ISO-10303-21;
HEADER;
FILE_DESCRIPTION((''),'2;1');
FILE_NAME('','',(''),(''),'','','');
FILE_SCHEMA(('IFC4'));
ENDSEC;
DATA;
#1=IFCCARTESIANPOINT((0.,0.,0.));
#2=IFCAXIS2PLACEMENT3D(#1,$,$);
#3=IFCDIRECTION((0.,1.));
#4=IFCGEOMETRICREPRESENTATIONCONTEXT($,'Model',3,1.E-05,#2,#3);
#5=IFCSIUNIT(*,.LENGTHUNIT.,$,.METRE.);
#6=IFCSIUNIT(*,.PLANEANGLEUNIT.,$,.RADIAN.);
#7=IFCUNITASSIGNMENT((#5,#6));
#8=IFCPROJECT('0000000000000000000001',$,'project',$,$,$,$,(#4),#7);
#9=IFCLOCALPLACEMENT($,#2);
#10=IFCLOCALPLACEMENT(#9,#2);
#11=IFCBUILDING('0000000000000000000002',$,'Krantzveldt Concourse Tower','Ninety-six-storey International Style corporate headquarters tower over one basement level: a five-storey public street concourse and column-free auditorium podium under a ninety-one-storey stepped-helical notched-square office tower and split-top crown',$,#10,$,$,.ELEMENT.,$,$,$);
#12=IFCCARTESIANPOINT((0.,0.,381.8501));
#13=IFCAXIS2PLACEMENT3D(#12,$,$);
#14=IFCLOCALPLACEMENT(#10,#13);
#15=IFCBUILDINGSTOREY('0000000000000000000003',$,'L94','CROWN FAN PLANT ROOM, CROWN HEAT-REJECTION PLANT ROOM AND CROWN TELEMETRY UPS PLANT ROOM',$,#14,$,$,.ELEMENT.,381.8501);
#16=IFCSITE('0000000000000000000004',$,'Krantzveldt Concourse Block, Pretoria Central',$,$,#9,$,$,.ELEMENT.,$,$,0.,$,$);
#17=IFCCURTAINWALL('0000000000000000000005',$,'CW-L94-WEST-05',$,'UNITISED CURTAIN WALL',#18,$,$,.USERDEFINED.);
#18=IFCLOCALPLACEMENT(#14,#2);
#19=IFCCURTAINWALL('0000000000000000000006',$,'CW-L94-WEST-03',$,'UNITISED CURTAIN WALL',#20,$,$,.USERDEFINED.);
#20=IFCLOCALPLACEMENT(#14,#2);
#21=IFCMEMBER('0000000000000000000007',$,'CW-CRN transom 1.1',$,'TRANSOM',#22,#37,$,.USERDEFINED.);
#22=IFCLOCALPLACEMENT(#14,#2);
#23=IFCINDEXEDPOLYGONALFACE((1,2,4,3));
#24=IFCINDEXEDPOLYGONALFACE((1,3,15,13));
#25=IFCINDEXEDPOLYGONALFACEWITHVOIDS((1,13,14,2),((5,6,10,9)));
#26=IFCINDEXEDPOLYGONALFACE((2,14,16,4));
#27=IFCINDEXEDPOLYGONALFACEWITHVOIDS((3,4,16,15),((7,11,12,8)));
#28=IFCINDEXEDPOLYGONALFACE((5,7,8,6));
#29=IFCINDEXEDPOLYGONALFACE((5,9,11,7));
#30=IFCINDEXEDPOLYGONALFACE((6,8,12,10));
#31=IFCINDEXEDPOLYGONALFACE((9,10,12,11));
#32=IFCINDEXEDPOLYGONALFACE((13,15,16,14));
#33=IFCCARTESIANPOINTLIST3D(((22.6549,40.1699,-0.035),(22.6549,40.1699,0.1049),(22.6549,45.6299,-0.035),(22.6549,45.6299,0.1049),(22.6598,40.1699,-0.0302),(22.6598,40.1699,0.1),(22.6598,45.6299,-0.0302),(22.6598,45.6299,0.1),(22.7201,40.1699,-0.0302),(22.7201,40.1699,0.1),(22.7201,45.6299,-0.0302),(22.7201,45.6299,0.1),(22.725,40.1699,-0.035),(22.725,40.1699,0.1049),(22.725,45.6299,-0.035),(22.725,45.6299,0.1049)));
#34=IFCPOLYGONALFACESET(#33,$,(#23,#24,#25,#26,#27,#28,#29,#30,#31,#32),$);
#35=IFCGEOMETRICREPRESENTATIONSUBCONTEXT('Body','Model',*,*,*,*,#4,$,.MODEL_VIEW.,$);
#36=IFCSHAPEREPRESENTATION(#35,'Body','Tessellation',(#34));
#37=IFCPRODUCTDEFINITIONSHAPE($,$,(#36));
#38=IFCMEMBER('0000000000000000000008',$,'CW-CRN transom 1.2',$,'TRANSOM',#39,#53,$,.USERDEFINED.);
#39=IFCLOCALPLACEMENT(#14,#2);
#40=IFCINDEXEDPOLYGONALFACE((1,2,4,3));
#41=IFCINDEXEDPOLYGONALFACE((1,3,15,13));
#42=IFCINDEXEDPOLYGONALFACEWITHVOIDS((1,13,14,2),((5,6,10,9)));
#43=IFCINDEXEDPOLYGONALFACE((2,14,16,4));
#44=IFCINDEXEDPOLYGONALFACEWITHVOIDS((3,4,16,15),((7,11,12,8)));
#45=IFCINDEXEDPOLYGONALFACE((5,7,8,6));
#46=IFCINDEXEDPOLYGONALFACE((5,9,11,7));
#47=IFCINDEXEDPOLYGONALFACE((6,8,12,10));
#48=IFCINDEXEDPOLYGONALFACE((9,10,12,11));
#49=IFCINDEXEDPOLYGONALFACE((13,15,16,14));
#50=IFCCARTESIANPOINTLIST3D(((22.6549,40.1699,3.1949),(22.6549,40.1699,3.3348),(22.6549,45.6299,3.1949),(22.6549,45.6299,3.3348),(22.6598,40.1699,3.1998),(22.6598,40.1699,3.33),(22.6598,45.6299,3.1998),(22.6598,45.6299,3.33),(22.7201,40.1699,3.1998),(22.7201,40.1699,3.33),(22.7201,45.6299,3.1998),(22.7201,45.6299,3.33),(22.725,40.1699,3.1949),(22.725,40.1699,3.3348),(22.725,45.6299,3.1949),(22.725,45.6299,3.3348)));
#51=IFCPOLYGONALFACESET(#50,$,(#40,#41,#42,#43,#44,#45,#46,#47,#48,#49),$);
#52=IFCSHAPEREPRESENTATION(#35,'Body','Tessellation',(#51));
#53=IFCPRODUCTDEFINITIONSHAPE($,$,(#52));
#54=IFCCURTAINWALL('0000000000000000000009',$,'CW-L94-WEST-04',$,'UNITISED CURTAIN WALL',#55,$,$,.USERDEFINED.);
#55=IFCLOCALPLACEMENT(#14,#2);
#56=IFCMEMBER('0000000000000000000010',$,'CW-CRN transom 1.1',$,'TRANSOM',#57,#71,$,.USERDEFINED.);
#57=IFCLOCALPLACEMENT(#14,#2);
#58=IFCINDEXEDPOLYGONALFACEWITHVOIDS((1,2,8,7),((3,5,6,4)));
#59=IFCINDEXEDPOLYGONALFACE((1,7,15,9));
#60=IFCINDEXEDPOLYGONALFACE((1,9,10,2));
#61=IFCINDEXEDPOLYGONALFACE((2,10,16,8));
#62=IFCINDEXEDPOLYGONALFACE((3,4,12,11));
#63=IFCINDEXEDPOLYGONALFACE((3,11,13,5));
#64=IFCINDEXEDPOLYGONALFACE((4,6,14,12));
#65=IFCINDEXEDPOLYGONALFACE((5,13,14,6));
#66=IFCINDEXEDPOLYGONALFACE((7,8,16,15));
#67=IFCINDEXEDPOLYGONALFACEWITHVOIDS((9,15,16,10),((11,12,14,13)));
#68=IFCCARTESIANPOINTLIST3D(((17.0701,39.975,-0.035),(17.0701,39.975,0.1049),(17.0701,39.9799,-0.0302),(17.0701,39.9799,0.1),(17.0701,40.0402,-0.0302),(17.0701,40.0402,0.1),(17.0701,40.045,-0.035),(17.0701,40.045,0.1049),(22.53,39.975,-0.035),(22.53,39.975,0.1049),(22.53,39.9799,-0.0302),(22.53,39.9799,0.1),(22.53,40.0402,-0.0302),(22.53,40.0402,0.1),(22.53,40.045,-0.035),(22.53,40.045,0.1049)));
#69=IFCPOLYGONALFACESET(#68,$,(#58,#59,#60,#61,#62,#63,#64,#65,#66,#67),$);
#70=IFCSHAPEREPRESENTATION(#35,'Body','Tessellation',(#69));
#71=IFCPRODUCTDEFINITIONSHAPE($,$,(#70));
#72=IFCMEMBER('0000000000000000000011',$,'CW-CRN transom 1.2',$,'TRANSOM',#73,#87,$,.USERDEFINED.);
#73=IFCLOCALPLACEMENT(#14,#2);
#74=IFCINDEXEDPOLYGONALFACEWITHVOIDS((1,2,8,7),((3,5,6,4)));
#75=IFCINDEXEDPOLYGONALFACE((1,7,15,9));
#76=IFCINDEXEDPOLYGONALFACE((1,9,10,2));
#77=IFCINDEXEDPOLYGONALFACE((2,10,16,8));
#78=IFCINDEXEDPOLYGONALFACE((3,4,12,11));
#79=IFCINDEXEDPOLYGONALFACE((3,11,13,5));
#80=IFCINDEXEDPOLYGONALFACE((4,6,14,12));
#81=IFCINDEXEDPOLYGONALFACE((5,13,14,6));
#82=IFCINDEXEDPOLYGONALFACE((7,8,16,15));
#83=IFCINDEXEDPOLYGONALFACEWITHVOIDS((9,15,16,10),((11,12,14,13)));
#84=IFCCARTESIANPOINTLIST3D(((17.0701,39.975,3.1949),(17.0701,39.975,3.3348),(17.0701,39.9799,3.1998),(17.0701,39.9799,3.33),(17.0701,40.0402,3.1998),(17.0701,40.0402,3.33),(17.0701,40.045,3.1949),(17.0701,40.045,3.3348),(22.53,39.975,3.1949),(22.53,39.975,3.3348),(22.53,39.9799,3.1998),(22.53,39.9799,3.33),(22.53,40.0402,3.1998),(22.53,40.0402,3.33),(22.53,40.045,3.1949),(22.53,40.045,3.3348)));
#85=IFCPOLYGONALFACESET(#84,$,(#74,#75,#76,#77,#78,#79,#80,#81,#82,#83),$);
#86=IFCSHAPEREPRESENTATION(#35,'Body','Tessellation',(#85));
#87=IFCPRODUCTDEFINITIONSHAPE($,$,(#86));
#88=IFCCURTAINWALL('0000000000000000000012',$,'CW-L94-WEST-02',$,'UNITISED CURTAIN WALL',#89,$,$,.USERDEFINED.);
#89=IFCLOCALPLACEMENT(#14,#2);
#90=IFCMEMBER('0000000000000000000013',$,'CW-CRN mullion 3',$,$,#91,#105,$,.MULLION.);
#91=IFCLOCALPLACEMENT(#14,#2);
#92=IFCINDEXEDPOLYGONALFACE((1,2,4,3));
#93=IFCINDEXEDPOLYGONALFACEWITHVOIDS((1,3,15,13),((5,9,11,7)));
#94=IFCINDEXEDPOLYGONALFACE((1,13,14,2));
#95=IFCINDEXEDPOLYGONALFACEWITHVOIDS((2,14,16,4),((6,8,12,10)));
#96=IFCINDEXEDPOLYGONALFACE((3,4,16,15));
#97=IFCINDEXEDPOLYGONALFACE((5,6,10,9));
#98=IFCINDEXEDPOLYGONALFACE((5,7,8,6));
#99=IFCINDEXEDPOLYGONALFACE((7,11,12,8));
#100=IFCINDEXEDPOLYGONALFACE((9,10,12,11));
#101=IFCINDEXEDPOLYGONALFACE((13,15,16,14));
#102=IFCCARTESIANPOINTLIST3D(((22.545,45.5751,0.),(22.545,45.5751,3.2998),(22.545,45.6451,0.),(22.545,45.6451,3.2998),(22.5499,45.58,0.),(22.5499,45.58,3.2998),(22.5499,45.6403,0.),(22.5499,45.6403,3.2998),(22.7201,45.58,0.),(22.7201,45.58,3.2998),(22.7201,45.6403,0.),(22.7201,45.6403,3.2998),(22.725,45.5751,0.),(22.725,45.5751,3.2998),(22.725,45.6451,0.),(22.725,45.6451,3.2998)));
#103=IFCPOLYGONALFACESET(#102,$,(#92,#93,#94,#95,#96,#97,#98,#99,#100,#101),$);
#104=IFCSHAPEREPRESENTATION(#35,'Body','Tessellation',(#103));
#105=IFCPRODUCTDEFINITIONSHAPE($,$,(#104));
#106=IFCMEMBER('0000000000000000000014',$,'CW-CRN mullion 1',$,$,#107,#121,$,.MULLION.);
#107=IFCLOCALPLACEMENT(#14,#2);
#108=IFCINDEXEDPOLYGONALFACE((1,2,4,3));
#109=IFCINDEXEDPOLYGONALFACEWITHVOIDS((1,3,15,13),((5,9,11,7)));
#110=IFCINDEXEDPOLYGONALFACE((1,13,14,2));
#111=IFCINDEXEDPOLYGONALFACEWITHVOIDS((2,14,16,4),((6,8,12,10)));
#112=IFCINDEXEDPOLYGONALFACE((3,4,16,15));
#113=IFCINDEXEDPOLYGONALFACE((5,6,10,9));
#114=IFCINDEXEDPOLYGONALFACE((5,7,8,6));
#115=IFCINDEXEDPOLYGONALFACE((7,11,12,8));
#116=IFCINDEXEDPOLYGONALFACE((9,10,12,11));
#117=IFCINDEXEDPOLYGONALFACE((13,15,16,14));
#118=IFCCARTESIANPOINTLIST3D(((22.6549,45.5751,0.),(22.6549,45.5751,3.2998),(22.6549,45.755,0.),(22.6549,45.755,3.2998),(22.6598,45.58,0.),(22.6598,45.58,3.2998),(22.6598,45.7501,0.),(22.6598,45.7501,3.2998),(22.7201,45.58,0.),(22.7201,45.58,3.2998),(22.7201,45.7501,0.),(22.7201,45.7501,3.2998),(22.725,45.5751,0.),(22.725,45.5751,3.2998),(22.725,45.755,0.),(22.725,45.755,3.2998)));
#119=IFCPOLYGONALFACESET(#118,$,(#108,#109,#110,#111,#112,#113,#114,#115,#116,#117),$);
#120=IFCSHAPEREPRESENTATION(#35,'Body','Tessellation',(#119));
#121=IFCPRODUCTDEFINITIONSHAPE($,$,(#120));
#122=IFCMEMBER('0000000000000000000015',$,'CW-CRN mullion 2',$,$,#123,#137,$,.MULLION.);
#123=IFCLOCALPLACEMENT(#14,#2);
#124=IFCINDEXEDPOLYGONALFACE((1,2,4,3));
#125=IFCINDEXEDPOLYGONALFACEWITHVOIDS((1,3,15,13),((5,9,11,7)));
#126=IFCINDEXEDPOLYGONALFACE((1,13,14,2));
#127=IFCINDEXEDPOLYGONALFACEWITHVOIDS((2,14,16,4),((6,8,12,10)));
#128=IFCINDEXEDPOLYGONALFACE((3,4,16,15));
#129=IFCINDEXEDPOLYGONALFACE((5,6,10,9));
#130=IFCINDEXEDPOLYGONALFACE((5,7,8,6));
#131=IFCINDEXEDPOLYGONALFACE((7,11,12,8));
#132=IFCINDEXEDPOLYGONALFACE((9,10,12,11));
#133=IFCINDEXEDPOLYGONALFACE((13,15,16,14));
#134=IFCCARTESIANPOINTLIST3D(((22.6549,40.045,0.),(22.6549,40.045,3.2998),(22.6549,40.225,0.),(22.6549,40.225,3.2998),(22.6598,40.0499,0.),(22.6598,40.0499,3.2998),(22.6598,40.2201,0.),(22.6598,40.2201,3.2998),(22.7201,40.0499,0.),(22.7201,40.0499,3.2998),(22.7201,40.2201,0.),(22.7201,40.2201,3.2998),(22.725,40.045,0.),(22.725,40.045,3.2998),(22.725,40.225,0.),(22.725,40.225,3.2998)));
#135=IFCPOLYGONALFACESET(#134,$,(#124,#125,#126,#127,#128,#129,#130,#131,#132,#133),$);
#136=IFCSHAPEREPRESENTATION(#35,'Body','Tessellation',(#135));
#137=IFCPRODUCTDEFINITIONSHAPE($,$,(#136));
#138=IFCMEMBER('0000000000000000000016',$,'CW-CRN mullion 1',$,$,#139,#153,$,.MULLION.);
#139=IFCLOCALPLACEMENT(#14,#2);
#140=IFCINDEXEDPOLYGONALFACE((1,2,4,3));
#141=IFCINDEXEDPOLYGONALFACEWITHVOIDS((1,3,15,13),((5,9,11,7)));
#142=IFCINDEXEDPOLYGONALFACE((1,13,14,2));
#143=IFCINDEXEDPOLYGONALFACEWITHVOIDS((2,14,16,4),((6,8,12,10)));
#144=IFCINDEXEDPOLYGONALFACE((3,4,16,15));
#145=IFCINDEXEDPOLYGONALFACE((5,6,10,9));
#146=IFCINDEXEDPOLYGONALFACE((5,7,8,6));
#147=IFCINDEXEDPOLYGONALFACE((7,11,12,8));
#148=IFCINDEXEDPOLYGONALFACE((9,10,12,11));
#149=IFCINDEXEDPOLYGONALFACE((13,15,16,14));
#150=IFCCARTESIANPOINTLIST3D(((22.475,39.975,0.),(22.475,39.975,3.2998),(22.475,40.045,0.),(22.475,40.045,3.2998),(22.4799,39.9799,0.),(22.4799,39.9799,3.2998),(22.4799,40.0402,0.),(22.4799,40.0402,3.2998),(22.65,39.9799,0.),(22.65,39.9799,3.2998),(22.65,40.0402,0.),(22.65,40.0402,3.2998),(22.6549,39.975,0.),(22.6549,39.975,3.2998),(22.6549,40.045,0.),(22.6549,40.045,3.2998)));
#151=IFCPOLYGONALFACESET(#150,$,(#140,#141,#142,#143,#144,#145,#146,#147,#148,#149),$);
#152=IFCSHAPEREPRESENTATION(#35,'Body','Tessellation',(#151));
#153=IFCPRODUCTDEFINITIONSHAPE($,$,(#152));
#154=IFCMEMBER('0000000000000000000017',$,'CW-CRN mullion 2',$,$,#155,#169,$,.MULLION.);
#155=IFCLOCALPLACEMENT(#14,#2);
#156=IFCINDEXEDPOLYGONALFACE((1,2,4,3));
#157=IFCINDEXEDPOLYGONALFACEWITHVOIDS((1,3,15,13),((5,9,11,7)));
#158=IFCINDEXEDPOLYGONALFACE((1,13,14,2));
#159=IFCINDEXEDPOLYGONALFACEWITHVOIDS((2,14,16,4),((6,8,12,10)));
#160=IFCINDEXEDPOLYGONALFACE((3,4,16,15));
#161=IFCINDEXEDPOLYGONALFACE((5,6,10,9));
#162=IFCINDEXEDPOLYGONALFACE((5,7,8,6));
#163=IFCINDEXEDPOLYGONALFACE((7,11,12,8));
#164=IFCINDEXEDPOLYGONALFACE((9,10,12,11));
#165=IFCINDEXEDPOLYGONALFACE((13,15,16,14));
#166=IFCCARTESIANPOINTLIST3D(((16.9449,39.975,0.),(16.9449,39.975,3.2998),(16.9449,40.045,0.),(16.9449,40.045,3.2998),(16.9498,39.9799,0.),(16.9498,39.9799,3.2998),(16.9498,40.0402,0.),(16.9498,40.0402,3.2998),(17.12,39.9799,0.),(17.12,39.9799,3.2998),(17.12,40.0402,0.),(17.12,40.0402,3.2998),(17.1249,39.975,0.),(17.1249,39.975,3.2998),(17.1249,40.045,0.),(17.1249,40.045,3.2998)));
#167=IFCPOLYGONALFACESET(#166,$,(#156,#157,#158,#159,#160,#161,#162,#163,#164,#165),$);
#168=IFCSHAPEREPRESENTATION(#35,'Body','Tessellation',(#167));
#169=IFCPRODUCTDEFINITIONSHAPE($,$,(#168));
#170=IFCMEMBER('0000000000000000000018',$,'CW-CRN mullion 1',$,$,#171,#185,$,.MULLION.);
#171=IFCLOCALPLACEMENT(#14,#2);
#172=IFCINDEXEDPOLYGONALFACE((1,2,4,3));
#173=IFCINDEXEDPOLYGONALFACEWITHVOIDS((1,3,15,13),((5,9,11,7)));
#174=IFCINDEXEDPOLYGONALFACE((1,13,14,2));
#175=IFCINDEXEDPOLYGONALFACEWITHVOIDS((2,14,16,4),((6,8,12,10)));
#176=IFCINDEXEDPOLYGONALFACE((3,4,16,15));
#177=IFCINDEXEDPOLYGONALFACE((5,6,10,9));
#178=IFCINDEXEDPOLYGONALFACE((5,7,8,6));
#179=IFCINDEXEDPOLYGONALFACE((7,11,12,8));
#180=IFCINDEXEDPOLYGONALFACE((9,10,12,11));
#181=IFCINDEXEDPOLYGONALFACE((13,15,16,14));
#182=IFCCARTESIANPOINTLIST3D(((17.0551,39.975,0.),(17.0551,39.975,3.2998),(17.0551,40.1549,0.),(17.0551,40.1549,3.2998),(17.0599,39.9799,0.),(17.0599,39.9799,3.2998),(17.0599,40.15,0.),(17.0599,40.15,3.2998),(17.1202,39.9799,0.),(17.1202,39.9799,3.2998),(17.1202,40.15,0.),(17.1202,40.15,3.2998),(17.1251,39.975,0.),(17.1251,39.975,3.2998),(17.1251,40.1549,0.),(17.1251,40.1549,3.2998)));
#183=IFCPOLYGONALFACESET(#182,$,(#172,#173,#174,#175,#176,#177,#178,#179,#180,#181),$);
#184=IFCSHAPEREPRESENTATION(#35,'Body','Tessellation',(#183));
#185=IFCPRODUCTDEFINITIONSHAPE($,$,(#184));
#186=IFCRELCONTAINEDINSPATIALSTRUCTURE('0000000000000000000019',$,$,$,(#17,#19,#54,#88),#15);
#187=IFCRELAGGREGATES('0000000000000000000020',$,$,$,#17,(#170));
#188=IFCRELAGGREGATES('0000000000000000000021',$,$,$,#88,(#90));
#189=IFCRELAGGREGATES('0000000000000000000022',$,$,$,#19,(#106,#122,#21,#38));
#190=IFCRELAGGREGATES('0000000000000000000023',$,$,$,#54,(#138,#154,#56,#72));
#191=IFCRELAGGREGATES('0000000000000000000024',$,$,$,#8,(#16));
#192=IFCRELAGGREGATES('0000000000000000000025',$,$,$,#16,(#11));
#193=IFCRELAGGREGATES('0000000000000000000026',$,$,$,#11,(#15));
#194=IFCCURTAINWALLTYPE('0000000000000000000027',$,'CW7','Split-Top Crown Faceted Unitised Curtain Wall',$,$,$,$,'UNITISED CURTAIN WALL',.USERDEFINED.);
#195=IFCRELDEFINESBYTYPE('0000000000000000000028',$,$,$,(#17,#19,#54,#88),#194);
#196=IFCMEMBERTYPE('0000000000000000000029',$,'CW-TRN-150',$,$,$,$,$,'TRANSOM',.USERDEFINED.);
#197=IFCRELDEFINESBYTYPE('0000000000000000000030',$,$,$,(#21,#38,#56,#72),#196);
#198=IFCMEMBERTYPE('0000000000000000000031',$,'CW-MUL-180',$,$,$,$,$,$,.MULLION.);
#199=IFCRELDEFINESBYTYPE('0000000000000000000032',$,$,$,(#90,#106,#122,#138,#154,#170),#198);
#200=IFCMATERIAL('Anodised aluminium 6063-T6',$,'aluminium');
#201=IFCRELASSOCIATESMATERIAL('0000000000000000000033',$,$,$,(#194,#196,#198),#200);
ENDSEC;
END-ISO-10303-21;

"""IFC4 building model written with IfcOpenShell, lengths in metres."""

from ifc_helpers import new_model, si_unit, direction, frame, origin, origin_2d, place, context, subcontext, project, spatial, hollow_rectangle, extrude, source, transform, mapped, material, material_profile, profile_set, type_object, type_shapes, element, aggregate, save


model = new_model("IFC4")

# Units and contexts
model_context = context("Model", 3, precision=1e-05, world=origin(), true_north=direction((0.0, 1.0)))
body_context = subcontext(model_context, "Body", "Model", "MODEL_VIEW")
ifc_project = project(units=[si_unit("LENGTHUNIT", "METRE"), si_unit("PLANEANGLEUNIT", "RADIAN")], contexts=[model_context])

# Site, building, storey
site_placement = place(None, origin())
site = spatial("IfcSite", under=ifc_project, at=site_placement, Name="Krantzveldt Concourse Block, Pretoria Central", CompositionType="ELEMENT", RefElevation=0.0)
building_placement = place(site_placement, origin())
building = spatial("IfcBuilding", under=site, at=building_placement, Name="Krantzveldt Concourse Tower", Description="Ninety-six-storey International Style corporate headquarters tower over one basement level: a five-storey public street concourse and column-free auditorium podium under a ninety-one-storey stepped-helical notched-square office tower and split-top crown", CompositionType="ELEMENT")
storey_placement = place(building_placement, frame((0.0, 0.0, 381.8501)))
storey = spatial("IfcBuildingStorey", under=building, at=storey_placement, Name="L94", Description="CROWN FAN PLANT ROOM, CROWN HEAT-REJECTION PLANT ROOM AND CROWN TELEMETRY UPS PLANT ROOM", CompositionType="ELEMENT", Elevation=381.8501)

# Curtain walls, members
ifc_material_1 = material(Name="Anodised aluminium 6063-T6", Category="aluminium")
curtain_wall_type = type_object("IfcCurtainWallType", Name="CW7", Description="Split-Top Crown Faceted Unitised Curtain Wall", ElementType="UNITISED CURTAIN WALL", PredefinedType="USERDEFINED", material=ifc_material_1)
curtain_wall_1_placement = place(storey_placement, origin())
curtain_wall_1 = element("IfcCurtainWall", 1, at=curtain_wall_1_placement, inside=storey, type_object=curtain_wall_type, Name="CW-L94-WEST-05", ObjectType="UNITISED CURTAIN WALL", PredefinedType="USERDEFINED")
ifc_material_profile_1 = material_profile(ifc_material_1, hollow_rectangle(XDim=0.0701, YDim=0.1399, WallThickness=0.0049, at=origin_2d()), Name="Anodised aluminium 6063-T6", Category="aluminium")
ifc_profile_set_1 = profile_set([ifc_material_profile_1], Name="Anodised aluminium 6063-T6 - ALU-TRAN 140x70x5")
member_type_1 = type_object("IfcMemberType", Name="CW-TRN-150", ElementType="TRANSOM", PredefinedType="USERDEFINED", material=ifc_profile_set_1)
curtain_wall_2_placement = place(storey_placement, origin())
curtain_wall_2 = element("IfcCurtainWall", 2, at=curtain_wall_2_placement, inside=storey, type_object=curtain_wall_type, Name="CW-L94-WEST-03", ObjectType="UNITISED CURTAIN WALL", PredefinedType="USERDEFINED")
shared_shape_1 = source(origin(), body_context, "Body", "SweptSolid", [
    extrude(hollow_rectangle(XDim=0.0701, YDim=0.1399, WallThickness=0.0049, at=origin_2d()), origin(), (0.0, 0.0, 1.0), 5.46),
])
member_1_placement = place(storey_placement, frame((22.6899, 45.6299, 0.0349), z_axis=(0.0, -1.0, 0.0), x_axis=(1.0, 0.0, 0.0)))
member_1 = element("IfcMember", 3, at=member_1_placement, type_object=member_type_1, Name="CW-CRN transom 1.1", ObjectType="TRANSOM", PredefinedType="USERDEFINED", context=body_context, shape_type="MappedRepresentation", body=[
    mapped(shared_shape_1, transform((0.0, 0.0, 0.0), x_axis=(1.0, 0.0, 0.0), y_axis=(0.0, 1.0, 0.0), z_axis=(0.0, 0.0, 1.0), scale=1.0)),
])
member_2_placement = place(storey_placement, frame((22.6899, 45.6299, 3.2649), z_axis=(0.0, -1.0, 0.0), x_axis=(1.0, 0.0, 0.0)))
member_2 = element("IfcMember", 4, at=member_2_placement, type_object=member_type_1, Name="CW-CRN transom 1.2", ObjectType="TRANSOM", PredefinedType="USERDEFINED", context=body_context, shape_type="MappedRepresentation", body=[
    mapped(shared_shape_1, transform((0.0, 0.0, 0.0), x_axis=(1.0, 0.0, 0.0), y_axis=(0.0, 1.0, 0.0), z_axis=(0.0, 0.0, 1.0), scale=1.0)),
])
curtain_wall_3_placement = place(storey_placement, origin())
curtain_wall_3 = element("IfcCurtainWall", 5, at=curtain_wall_3_placement, inside=storey, type_object=curtain_wall_type, Name="CW-L94-WEST-04", ObjectType="UNITISED CURTAIN WALL", PredefinedType="USERDEFINED")
member_3_placement = place(storey_placement, frame((22.53, 40.01, 0.0349), z_axis=(-1.0, 0.0, 0.0), x_axis=(0.0, -1.0, 0.0)))
member_3 = element("IfcMember", 6, at=member_3_placement, type_object=member_type_1, Name="CW-CRN transom 1.1", ObjectType="TRANSOM", PredefinedType="USERDEFINED", context=body_context, shape_type="MappedRepresentation", body=[
    mapped(shared_shape_1, transform((0.0, 0.0, 0.0), x_axis=(1.0, 0.0, 0.0), y_axis=(0.0, 1.0, 0.0), z_axis=(0.0, 0.0, 1.0), scale=1.0)),
])
member_4_placement = place(storey_placement, frame((22.53, 40.01, 3.2649), z_axis=(-1.0, 0.0, 0.0), x_axis=(0.0, -1.0, 0.0)))
member_4 = element("IfcMember", 7, at=member_4_placement, type_object=member_type_1, Name="CW-CRN transom 1.2", ObjectType="TRANSOM", PredefinedType="USERDEFINED", context=body_context, shape_type="MappedRepresentation", body=[
    mapped(shared_shape_1, transform((0.0, 0.0, 0.0), x_axis=(1.0, 0.0, 0.0), y_axis=(0.0, 1.0, 0.0), z_axis=(0.0, 0.0, 1.0), scale=1.0)),
])

# Curtain wall, member
curtain_wall_4_placement = place(storey_placement, origin())
curtain_wall_4 = element("IfcCurtainWall", 8, at=curtain_wall_4_placement, inside=storey, type_object=curtain_wall_type, Name="CW-L94-WEST-02", ObjectType="UNITISED CURTAIN WALL", PredefinedType="USERDEFINED")
ifc_material_profile_2 = material_profile(ifc_material_1, hollow_rectangle(XDim=0.0701, YDim=0.1799, WallThickness=0.0049, at=origin_2d()), Name="Anodised aluminium 6063-T6", Category="aluminium")
ifc_profile_set_2 = profile_set([ifc_material_profile_2], Name="Anodised aluminium 6063-T6 - ALU-MULL 180x70x5")
member_type_2 = type_object("IfcMemberType", Name="CW-MUL-180", PredefinedType="MULLION", material=ifc_profile_set_2)
shared_shape_2 = source(origin(), body_context, "Body", "SweptSolid", [
    extrude(hollow_rectangle(XDim=0.0701, YDim=0.1799, WallThickness=0.0049, at=origin_2d()), origin(), (0.0, 0.0, 1.0), 3.2998),
])
type_shapes(member_type_2, [shared_shape_2])
member_5_placement = place(storey_placement, frame((22.635, 45.6101, 0.0), z_axis=(0.0, 0.0, 1.0), x_axis=(0.0, -1.0, 0.0)))
member_5 = element("IfcMember", 9, at=member_5_placement, type_object=member_type_2, Name="CW-CRN mullion 3", PredefinedType="MULLION", context=body_context, shape_type="MappedRepresentation", body=[
    mapped(shared_shape_2, transform((0.0, 0.0, 0.0), x_axis=(1.0, 0.0, 0.0), y_axis=(0.0, 1.0, 0.0), z_axis=(0.0, 0.0, 1.0), scale=1.0)),
])

# Members
member_6_placement = place(storey_placement, frame((22.6899, 45.665, 0.0), z_axis=(0.0, 0.0, 1.0), x_axis=(1.0, 0.0, 0.0)))
member_6 = element("IfcMember", 10, at=member_6_placement, type_object=member_type_2, Name="CW-CRN mullion 1", PredefinedType="MULLION", context=body_context, shape_type="MappedRepresentation", body=[
    mapped(shared_shape_2, transform((0.0, 0.0, 0.0), x_axis=(1.0, 0.0, 0.0), y_axis=(0.0, 1.0, 0.0), z_axis=(0.0, 0.0, 1.0), scale=1.0)),
])
member_7_placement = place(storey_placement, frame((22.6899, 40.135, 0.0), z_axis=(0.0, 0.0, 1.0), x_axis=(1.0, 0.0, 0.0)))
member_7 = element("IfcMember", 11, at=member_7_placement, type_object=member_type_2, Name="CW-CRN mullion 2", PredefinedType="MULLION", context=body_context, shape_type="MappedRepresentation", body=[
    mapped(shared_shape_2, transform((0.0, 0.0, 0.0), x_axis=(1.0, 0.0, 0.0), y_axis=(0.0, 1.0, 0.0), z_axis=(0.0, 0.0, 1.0), scale=1.0)),
])
member_8_placement = place(storey_placement, frame((22.5649, 40.01, 0.0), z_axis=(0.0, 0.0, 1.0), x_axis=(0.0, -1.0, 0.0)))
member_8 = element("IfcMember", 12, at=member_8_placement, type_object=member_type_2, Name="CW-CRN mullion 1", PredefinedType="MULLION", context=body_context, shape_type="MappedRepresentation", body=[
    mapped(shared_shape_2, transform((0.0, 0.0, 0.0), x_axis=(1.0, 0.0, 0.0), y_axis=(0.0, 1.0, 0.0), z_axis=(0.0, 0.0, 1.0), scale=1.0)),
])
member_9_placement = place(storey_placement, frame((17.0349, 40.01, 0.0), z_axis=(0.0, 0.0, 1.0), x_axis=(0.0, -1.0, 0.0)))
member_9 = element("IfcMember", 13, at=member_9_placement, type_object=member_type_2, Name="CW-CRN mullion 2", PredefinedType="MULLION", context=body_context, shape_type="MappedRepresentation", body=[
    mapped(shared_shape_2, transform((0.0, 0.0, 0.0), x_axis=(1.0, 0.0, 0.0), y_axis=(0.0, 1.0, 0.0), z_axis=(0.0, 0.0, 1.0), scale=1.0)),
])
member_10_placement = place(storey_placement, frame((17.0901, 40.0649, 0.0), z_axis=(0.0, 0.0, 1.0), x_axis=(1.0, 0.0, 0.0)))
member_10 = element("IfcMember", 14, at=member_10_placement, type_object=member_type_2, Name="CW-CRN mullion 1", PredefinedType="MULLION", context=body_context, shape_type="MappedRepresentation", body=[
    mapped(shared_shape_2, transform((0.0, 0.0, 0.0), x_axis=(1.0, 0.0, 0.0), y_axis=(0.0, 1.0, 0.0), z_axis=(0.0, 0.0, 1.0), scale=1.0)),
])
aggregate(curtain_wall_1, [member_10])

aggregate(curtain_wall_4, [member_5])
aggregate(curtain_wall_2, [member_6, member_7, member_1, member_2])
aggregate(curtain_wall_3, [member_8, member_9, member_3, member_4])

save(model, "model.ifc")
